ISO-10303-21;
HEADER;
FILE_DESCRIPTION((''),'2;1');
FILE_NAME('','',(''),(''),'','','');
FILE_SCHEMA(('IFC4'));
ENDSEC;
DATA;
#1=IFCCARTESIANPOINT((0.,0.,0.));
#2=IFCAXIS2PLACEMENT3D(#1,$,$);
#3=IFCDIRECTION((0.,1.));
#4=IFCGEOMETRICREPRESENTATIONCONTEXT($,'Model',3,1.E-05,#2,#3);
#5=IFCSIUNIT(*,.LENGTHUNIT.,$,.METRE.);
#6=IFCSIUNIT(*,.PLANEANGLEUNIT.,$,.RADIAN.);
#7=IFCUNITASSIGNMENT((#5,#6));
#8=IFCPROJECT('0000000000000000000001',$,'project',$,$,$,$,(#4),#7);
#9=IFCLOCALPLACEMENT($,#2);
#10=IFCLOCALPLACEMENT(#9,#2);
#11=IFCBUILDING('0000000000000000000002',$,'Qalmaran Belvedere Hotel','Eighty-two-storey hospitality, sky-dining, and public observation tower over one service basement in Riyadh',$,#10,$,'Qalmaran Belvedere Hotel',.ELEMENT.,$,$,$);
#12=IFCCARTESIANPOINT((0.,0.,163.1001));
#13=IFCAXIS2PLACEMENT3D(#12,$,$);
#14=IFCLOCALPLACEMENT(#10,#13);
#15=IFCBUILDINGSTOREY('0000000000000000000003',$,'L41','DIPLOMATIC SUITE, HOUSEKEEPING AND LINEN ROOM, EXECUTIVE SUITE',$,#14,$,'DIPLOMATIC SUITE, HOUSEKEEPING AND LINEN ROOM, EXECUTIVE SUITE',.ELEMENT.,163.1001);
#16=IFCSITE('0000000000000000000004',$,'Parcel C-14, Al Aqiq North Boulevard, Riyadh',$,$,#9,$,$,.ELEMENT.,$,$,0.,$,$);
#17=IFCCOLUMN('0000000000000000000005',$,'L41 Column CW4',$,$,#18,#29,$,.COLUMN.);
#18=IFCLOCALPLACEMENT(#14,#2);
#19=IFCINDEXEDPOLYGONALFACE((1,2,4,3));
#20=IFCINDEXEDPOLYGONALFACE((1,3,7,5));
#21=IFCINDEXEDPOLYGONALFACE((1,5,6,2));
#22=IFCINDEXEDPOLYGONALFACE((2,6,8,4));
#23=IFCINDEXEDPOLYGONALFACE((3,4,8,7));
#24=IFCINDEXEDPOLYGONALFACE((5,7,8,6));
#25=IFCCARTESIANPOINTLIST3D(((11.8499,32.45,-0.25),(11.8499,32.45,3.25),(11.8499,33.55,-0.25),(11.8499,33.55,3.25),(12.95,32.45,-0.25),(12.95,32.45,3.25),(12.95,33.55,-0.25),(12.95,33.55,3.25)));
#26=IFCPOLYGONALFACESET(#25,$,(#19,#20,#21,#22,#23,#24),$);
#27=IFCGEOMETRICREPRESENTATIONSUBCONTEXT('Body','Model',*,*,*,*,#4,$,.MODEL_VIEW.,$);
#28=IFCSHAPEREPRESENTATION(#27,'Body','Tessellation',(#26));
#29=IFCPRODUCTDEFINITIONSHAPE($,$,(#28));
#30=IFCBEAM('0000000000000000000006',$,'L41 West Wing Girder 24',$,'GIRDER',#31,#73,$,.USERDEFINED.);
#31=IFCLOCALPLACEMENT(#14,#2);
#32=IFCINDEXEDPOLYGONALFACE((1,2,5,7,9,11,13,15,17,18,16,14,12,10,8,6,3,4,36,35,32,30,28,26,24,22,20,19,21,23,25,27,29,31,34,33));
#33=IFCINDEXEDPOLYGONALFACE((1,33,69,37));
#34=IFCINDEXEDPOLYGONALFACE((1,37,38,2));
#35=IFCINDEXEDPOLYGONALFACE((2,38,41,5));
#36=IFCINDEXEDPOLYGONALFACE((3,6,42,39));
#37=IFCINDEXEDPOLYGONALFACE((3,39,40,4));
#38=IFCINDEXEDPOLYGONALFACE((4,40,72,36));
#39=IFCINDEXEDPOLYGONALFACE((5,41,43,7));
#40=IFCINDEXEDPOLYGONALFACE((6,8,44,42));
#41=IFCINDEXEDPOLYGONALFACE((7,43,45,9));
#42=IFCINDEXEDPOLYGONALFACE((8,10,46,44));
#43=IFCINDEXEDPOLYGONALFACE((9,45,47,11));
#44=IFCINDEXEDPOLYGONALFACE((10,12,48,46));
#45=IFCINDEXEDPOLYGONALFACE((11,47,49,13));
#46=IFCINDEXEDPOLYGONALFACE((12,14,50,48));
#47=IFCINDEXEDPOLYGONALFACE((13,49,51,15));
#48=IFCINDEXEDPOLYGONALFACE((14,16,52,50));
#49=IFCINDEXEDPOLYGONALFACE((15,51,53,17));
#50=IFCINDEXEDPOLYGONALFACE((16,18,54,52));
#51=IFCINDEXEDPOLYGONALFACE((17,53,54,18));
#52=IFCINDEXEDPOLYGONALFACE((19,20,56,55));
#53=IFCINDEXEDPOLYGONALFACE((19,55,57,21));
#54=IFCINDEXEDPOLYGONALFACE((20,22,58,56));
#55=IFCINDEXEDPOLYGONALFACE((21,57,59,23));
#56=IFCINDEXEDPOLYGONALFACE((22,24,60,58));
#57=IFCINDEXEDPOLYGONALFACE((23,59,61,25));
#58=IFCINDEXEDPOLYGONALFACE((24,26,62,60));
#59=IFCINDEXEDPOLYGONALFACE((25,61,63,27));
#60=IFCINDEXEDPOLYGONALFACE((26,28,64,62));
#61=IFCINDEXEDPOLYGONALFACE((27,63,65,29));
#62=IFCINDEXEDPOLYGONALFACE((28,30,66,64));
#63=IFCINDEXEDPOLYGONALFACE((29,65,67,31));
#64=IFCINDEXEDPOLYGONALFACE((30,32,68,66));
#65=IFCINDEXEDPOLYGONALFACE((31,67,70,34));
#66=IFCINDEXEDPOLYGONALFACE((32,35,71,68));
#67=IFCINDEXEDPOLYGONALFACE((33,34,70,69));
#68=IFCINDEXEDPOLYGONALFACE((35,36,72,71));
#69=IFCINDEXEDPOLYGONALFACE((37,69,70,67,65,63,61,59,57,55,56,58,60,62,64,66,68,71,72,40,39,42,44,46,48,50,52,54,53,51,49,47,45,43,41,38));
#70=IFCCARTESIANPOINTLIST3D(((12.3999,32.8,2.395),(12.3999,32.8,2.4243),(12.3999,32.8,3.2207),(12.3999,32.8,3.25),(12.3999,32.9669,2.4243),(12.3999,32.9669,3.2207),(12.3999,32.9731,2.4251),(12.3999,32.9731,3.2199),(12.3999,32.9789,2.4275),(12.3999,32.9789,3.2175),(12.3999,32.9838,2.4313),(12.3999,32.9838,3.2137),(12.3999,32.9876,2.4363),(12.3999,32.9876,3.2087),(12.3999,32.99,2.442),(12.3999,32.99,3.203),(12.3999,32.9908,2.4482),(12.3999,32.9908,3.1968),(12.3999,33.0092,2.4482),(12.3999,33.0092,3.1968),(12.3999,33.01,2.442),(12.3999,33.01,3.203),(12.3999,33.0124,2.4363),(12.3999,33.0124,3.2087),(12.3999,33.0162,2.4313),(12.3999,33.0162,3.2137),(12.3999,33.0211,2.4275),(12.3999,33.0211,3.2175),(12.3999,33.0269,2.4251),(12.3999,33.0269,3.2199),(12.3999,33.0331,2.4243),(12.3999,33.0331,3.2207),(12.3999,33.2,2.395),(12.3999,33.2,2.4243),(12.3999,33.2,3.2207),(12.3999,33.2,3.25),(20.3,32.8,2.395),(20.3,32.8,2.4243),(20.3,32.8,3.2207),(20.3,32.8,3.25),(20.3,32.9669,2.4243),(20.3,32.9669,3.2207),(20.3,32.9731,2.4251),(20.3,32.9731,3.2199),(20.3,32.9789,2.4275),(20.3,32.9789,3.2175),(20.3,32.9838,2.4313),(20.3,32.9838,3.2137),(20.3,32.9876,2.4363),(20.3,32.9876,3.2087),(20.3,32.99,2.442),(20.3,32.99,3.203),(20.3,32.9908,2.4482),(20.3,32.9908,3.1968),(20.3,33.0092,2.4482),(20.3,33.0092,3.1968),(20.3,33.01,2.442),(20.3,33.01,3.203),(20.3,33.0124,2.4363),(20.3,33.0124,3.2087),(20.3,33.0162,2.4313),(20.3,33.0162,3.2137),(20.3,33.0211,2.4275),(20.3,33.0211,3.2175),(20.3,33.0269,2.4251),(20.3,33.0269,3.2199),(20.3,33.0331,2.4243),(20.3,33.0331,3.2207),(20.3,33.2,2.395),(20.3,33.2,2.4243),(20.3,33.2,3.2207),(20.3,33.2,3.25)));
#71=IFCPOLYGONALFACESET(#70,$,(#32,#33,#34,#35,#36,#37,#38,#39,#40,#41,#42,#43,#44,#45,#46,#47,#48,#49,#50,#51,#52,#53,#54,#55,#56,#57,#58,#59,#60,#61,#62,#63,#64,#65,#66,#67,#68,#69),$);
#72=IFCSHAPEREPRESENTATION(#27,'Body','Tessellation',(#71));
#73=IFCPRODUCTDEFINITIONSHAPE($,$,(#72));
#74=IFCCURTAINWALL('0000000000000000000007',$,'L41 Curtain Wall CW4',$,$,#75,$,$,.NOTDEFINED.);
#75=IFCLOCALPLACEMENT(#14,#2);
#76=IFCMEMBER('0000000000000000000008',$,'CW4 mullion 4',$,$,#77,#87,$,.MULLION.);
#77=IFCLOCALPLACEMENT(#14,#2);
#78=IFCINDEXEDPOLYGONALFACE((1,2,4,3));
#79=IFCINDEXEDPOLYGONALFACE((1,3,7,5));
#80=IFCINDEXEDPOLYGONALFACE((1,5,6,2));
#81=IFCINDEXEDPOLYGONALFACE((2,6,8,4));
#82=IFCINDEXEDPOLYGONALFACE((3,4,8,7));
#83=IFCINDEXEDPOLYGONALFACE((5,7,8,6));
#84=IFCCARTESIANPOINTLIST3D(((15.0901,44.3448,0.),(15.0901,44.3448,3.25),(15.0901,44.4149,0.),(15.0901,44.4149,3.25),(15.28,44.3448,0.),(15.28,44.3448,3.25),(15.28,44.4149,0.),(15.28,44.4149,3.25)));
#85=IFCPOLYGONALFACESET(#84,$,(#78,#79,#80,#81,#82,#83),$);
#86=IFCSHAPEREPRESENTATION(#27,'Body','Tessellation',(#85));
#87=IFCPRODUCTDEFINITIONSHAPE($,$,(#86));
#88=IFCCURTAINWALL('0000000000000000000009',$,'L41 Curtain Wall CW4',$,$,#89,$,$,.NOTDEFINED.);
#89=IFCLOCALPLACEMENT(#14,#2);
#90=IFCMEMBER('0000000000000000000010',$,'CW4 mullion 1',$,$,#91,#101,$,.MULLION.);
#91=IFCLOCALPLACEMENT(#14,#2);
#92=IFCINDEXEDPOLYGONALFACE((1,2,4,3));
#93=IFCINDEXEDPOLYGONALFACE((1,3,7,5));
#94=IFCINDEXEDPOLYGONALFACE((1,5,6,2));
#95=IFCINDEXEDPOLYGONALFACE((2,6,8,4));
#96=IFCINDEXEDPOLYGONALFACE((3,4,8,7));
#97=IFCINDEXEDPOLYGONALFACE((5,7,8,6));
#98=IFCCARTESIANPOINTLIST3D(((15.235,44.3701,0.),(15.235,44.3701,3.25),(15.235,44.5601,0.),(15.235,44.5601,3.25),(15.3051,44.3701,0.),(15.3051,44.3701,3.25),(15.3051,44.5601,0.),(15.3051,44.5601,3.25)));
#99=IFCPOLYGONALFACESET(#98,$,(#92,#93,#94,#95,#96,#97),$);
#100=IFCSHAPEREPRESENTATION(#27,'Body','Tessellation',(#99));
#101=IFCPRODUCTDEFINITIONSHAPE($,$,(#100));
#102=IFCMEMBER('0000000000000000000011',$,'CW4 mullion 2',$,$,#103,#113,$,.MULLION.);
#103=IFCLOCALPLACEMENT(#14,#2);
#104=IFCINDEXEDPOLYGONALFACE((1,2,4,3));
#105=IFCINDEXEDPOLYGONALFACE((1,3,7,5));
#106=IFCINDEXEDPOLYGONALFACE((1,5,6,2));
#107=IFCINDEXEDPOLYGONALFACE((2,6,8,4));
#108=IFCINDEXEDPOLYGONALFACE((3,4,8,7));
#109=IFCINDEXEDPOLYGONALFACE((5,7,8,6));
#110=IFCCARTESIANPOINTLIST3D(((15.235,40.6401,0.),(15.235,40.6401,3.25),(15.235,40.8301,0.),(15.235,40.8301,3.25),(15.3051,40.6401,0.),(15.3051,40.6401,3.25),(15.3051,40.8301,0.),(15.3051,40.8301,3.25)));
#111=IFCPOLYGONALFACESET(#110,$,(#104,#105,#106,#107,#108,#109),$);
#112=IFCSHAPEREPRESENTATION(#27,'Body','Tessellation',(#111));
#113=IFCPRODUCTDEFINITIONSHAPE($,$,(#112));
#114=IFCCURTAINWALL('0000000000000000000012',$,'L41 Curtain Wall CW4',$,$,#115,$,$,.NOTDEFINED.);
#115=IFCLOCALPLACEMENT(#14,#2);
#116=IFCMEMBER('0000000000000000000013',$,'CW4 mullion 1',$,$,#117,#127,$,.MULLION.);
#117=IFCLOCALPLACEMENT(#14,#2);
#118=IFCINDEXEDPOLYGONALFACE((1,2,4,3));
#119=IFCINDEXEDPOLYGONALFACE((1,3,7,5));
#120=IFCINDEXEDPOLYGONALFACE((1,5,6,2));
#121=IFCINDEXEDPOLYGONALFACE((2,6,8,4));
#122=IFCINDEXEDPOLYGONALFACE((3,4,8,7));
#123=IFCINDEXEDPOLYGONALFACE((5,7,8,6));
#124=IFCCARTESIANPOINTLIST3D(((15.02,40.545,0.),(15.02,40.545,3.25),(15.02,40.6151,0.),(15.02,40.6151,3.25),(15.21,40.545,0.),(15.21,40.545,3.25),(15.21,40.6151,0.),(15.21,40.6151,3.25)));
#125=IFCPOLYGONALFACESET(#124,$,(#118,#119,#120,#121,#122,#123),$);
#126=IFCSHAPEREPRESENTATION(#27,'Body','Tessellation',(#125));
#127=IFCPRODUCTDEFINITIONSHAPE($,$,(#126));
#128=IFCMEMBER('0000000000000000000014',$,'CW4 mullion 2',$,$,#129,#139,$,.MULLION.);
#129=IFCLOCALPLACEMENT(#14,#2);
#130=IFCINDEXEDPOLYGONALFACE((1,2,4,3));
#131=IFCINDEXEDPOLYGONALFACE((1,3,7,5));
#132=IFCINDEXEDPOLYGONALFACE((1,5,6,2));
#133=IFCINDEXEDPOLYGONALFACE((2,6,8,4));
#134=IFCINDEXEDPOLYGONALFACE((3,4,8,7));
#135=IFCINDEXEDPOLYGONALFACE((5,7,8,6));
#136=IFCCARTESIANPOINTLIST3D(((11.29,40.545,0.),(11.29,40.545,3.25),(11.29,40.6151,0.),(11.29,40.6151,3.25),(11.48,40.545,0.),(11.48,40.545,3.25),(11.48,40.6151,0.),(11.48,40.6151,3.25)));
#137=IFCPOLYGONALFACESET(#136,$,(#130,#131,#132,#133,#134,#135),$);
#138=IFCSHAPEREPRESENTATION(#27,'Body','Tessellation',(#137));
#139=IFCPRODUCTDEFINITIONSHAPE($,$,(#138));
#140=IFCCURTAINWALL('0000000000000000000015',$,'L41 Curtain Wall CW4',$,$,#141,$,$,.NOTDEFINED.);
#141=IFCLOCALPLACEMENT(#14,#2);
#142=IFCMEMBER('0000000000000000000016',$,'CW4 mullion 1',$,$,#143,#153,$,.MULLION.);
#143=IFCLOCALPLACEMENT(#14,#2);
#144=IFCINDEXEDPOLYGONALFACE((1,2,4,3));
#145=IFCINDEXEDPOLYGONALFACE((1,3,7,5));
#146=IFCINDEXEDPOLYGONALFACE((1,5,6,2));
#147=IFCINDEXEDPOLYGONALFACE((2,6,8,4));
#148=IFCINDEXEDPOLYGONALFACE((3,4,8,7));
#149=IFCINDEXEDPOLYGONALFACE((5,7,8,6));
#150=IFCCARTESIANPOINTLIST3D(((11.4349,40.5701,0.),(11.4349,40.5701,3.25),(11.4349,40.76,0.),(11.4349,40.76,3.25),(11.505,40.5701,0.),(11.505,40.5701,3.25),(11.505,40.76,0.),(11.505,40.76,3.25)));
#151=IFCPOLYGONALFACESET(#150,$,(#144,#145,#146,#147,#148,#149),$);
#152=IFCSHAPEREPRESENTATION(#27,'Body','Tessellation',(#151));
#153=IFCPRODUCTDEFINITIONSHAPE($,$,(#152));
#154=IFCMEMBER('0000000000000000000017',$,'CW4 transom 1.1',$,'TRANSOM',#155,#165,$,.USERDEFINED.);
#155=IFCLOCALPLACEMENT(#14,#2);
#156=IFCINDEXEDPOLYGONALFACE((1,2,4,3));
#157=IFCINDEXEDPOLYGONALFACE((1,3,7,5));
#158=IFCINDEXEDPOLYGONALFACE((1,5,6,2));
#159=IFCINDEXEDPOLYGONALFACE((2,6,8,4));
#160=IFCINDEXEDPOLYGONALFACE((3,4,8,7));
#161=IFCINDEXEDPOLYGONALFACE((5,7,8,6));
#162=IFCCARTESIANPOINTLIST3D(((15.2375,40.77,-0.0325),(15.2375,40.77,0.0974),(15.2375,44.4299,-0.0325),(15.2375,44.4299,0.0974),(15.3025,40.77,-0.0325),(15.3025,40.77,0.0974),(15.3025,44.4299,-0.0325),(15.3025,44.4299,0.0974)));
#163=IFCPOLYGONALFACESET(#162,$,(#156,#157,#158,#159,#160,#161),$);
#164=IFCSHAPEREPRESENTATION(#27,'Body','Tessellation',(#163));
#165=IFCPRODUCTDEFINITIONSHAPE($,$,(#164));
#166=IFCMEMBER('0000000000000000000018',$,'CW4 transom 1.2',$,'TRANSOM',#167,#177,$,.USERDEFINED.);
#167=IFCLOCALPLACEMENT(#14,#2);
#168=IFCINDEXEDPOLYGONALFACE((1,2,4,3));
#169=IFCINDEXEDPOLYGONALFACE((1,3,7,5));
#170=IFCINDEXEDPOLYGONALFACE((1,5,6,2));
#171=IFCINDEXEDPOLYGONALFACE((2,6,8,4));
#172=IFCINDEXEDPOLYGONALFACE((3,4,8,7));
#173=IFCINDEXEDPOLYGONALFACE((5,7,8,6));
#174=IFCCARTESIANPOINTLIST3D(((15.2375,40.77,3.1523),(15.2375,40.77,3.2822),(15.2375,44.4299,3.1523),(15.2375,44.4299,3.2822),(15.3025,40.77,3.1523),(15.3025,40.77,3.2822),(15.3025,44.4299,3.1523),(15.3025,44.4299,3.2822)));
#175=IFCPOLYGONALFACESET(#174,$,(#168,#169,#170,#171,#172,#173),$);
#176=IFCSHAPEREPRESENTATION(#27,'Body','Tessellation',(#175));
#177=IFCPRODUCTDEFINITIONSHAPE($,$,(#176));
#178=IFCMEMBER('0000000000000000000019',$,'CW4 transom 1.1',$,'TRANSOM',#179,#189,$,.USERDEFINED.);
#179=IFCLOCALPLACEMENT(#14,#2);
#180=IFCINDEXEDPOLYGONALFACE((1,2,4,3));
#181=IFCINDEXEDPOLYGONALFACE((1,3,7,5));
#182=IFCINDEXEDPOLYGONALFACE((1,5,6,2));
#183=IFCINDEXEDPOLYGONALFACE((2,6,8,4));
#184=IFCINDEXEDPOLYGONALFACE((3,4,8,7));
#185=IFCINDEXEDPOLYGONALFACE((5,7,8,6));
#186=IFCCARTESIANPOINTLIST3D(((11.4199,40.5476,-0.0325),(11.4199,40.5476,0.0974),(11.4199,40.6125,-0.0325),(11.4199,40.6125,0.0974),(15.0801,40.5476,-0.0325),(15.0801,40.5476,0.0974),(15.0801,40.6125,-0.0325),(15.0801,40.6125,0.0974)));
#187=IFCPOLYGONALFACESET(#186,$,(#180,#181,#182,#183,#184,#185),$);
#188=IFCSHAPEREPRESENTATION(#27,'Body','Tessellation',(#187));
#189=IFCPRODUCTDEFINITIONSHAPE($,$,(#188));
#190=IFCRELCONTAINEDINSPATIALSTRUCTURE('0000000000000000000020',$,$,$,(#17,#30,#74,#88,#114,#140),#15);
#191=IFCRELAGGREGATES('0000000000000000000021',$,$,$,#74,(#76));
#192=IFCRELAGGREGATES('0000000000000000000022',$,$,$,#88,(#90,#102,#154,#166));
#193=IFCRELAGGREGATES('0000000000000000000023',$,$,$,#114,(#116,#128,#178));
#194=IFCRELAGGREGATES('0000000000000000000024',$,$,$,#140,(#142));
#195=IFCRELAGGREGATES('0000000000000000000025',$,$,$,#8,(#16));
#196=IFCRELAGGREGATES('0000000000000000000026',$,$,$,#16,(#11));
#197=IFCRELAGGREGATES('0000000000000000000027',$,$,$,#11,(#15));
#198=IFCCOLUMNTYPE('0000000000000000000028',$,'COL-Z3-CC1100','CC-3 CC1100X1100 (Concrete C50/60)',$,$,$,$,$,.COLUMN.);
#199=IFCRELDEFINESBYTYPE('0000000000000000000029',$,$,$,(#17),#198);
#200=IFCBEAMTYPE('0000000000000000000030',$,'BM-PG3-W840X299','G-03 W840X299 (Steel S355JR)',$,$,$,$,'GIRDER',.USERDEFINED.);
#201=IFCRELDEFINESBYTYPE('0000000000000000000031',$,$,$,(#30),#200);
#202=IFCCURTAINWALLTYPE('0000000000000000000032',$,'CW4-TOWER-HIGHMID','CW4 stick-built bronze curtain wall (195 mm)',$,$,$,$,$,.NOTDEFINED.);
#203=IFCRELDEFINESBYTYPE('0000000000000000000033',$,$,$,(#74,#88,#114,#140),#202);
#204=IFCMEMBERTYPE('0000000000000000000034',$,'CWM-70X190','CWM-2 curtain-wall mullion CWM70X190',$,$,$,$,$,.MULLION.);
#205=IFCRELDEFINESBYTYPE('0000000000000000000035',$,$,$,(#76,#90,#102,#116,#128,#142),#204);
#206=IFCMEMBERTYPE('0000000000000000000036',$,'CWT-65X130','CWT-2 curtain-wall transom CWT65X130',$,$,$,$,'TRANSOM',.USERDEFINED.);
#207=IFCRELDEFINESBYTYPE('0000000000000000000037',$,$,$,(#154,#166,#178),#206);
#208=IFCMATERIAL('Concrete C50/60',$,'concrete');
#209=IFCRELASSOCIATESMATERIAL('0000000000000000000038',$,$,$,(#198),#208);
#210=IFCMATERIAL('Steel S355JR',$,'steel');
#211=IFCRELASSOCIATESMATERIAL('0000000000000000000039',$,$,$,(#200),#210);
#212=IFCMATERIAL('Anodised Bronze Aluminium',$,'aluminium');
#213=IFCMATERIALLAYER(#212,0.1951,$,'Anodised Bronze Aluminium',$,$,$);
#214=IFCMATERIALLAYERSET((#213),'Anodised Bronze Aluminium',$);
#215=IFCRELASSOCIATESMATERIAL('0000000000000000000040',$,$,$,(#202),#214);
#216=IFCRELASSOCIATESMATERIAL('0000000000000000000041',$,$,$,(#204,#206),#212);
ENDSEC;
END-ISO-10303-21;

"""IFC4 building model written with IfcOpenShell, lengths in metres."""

from ifc_helpers import new_model, si_unit, direction, frame, origin, origin_2d, place, context, subcontext, project, spatial, rectangle, i_section, extrude, material, layer, layer_set, material_profile, profile_set, type_object, element, aggregate, save


model = new_model("IFC4")

# Units and contexts
model_context = context("Model", 3, precision=1e-05, world=origin(), true_north=direction((0.0, 1.0)))
body_context = subcontext(model_context, "Body", "Model", "MODEL_VIEW")
ifc_project = project(units=[si_unit("LENGTHUNIT", "METRE"), si_unit("PLANEANGLEUNIT", "RADIAN")], contexts=[model_context])

# Site, building, storey
site_placement = place(None, origin())
site = spatial("IfcSite", under=ifc_project, at=site_placement, Name="Parcel C-14, Al Aqiq North Boulevard, Riyadh", CompositionType="ELEMENT", RefElevation=0.0)
building_placement = place(site_placement, origin())
building = spatial("IfcBuilding", under=site, at=building_placement, Name="Qalmaran Belvedere Hotel", Description="Eighty-two-storey hospitality, sky-dining, and public observation tower over one service basement in Riyadh", LongName="Qalmaran Belvedere Hotel", CompositionType="ELEMENT")
storey_placement = place(building_placement, frame((0.0, 0.0, 163.1001)))
storey = spatial("IfcBuildingStorey", under=building, at=storey_placement, Name="L41", Description="DIPLOMATIC SUITE, HOUSEKEEPING AND LINEN ROOM, EXECUTIVE SUITE", LongName="DIPLOMATIC SUITE, HOUSEKEEPING AND LINEN ROOM, EXECUTIVE SUITE", CompositionType="ELEMENT", Elevation=163.1001)

# Column
ifc_material_1 = material(Name="Concrete C50/60", Category="concrete")
ifc_material_profile_1 = material_profile(ifc_material_1, rectangle(XDim=1.1001, YDim=1.1001, at=origin_2d()), Name="CC1100X1100")
ifc_profile_set_1 = profile_set([ifc_material_profile_1], Name="Concrete C50/60")
column_type = type_object("IfcColumnType", Name="COL-Z3-CC1100", Description="CC-3 CC1100X1100 (Concrete C50/60)", PredefinedType="COLUMN", material=ifc_profile_set_1)
column_placement = place(storey_placement, frame((12.3999, 33.0, -0.25), z_axis=(0.0, 0.0, 1.0), x_axis=(1.0, 0.0, 0.0)))
element("IfcColumn", 1, at=column_placement, inside=storey, type_object=column_type, Name="L41 Column CW4", PredefinedType="COLUMN", context=body_context, shape_type="SweptSolid", body=[
    extrude(rectangle(XDim=1.1001, YDim=1.1001, at=origin_2d()), origin(), (0.0, 0.0, 1.0), 3.5),
])

# Beam
ifc_material_2 = material(Name="Steel S355JR", Category="steel")
ifc_material_profile_2 = material_profile(ifc_material_2, i_section(OverallWidth=0.3999, OverallDepth=0.855, WebThickness=0.0183, FlangeThickness=0.0293, FilletRadius=0.0239, at=origin_2d()), Name="W840X299")
ifc_profile_set_2 = profile_set([ifc_material_profile_2], Name="Steel S355JR")
beam_type = type_object("IfcBeamType", Name="BM-PG3-W840X299", Description="G-03 W840X299 (Steel S355JR)", ElementType="GIRDER", PredefinedType="USERDEFINED", material=ifc_profile_set_2)
beam_placement = place(storey_placement, frame((12.3999, 33.0, 2.8225), z_axis=(1.0, 0.0, 0.0), x_axis=(0.0, 1.0, 0.0)))
element("IfcBeam", 2, at=beam_placement, inside=storey, type_object=beam_type, Name="L41 West Wing Girder 24", ObjectType="GIRDER", PredefinedType="USERDEFINED", context=body_context, shape_type="SweptSolid", body=[
    extrude(i_section(OverallWidth=0.3999, OverallDepth=0.855, WebThickness=0.0183, FlangeThickness=0.0293, FilletRadius=0.0239, at=origin_2d()), origin(), (0.0, 0.0, 1.0), 7.9001),
])

# Curtain wall, member
ifc_material_3 = material(Name="Anodised Bronze Aluminium", Category="aluminium")
ifc_layer_1 = layer(ifc_material_3, 0.1951, Name="Anodised Bronze Aluminium")
ifc_layer_set_1 = layer_set([ifc_layer_1], Name="Anodised Bronze Aluminium")
curtain_wall_type = type_object("IfcCurtainWallType", Name="CW4-TOWER-HIGHMID", Description="CW4 stick-built bronze curtain wall (195 mm)", PredefinedType="NOTDEFINED", material=ifc_layer_set_1)
curtain_wall_1_placement = place(storey_placement, origin())
curtain_wall_1 = element("IfcCurtainWall", 3, at=curtain_wall_1_placement, inside=storey, type_object=curtain_wall_type, Name="L41 Curtain Wall CW4", PredefinedType="NOTDEFINED")
ifc_material_profile_3 = material_profile(ifc_material_3, rectangle(XDim=0.0701, YDim=0.1899, at=origin_2d()), Name="CWM70X190")
ifc_profile_set_3 = profile_set([ifc_material_profile_3], Name="Anodised Bronze Aluminium")
member_type_1 = type_object("IfcMemberType", Name="CWM-70X190", Description="CWM-2 curtain-wall mullion CWM70X190", PredefinedType="MULLION", material=ifc_profile_set_3)
member_1_placement = place(storey_placement, frame((15.1851, 44.3799, 0.0), z_axis=(0.0, 0.0, 1.0), x_axis=(0.0, -1.0, 0.0)))
member_1 = element("IfcMember", 4, at=member_1_placement, type_object=member_type_1, Name="CW4 mullion 4", PredefinedType="MULLION", context=body_context, shape_type="SweptSolid", body=[
    extrude(rectangle(XDim=0.0701, YDim=0.1899, at=origin_2d()), origin(), (0.0, 0.0, 1.0), 3.25),
])
aggregate(curtain_wall_1, [member_1])

# Curtain walls, members
curtain_wall_2_placement = place(storey_placement, origin())
curtain_wall_2 = element("IfcCurtainWall", 5, at=curtain_wall_2_placement, inside=storey, type_object=curtain_wall_type, Name="L41 Curtain Wall CW4", PredefinedType="NOTDEFINED")
member_2_placement = place(storey_placement, frame((15.27, 44.4651, 0.0), z_axis=(0.0, 0.0, 1.0), x_axis=(1.0, 0.0, 0.0)))
member_2 = element("IfcMember", 6, at=member_2_placement, type_object=member_type_1, Name="CW4 mullion 1", PredefinedType="MULLION", context=body_context, shape_type="SweptSolid", body=[
    extrude(rectangle(XDim=0.0701, YDim=0.1899, at=origin_2d()), origin(), (0.0, 0.0, 1.0), 3.25),
])
member_3_placement = place(storey_placement, frame((15.27, 40.7351, 0.0), z_axis=(0.0, 0.0, 1.0), x_axis=(1.0, 0.0, 0.0)))
member_3 = element("IfcMember", 7, at=member_3_placement, type_object=member_type_1, Name="CW4 mullion 2", PredefinedType="MULLION", context=body_context, shape_type="SweptSolid", body=[
    extrude(rectangle(XDim=0.0701, YDim=0.1899, at=origin_2d()), origin(), (0.0, 0.0, 1.0), 3.25),
])
curtain_wall_3_placement = place(storey_placement, origin())
curtain_wall_3 = element("IfcCurtainWall", 8, at=curtain_wall_3_placement, inside=storey, type_object=curtain_wall_type, Name="L41 Curtain Wall CW4", PredefinedType="NOTDEFINED")
member_4_placement = place(storey_placement, frame((15.115, 40.5801, 0.0), z_axis=(0.0, 0.0, 1.0), x_axis=(0.0, -1.0, 0.0)))
member_4 = element("IfcMember", 9, at=member_4_placement, type_object=member_type_1, Name="CW4 mullion 1", PredefinedType="MULLION", context=body_context, shape_type="SweptSolid", body=[
    extrude(rectangle(XDim=0.0701, YDim=0.1899, at=origin_2d()), origin(), (0.0, 0.0, 1.0), 3.25),
])
member_5_placement = place(storey_placement, frame((11.385, 40.5801, 0.0), z_axis=(0.0, 0.0, 1.0), x_axis=(0.0, -1.0, 0.0)))
member_5 = element("IfcMember", 10, at=member_5_placement, type_object=member_type_1, Name="CW4 mullion 2", PredefinedType="MULLION", context=body_context, shape_type="SweptSolid", body=[
    extrude(rectangle(XDim=0.0701, YDim=0.1899, at=origin_2d()), origin(), (0.0, 0.0, 1.0), 3.25),
])

# Curtain wall, member
curtain_wall_4_placement = place(storey_placement, origin())
curtain_wall_4 = element("IfcCurtainWall", 11, at=curtain_wall_4_placement, inside=storey, type_object=curtain_wall_type, Name="L41 Curtain Wall CW4", PredefinedType="NOTDEFINED")
member_6_placement = place(storey_placement, frame((11.47, 40.665, 0.0), z_axis=(0.0, 0.0, 1.0), x_axis=(1.0, 0.0, 0.0)))
member_6 = element("IfcMember", 12, at=member_6_placement, type_object=member_type_1, Name="CW4 mullion 1", PredefinedType="MULLION", context=body_context, shape_type="SweptSolid", body=[
    extrude(rectangle(XDim=0.0701, YDim=0.1899, at=origin_2d()), origin(), (0.0, 0.0, 1.0), 3.25),
])

# Members
ifc_material_profile_4 = material_profile(ifc_material_3, rectangle(XDim=0.0649, YDim=0.1299, at=origin_2d()), Name="CWT65X130")
ifc_profile_set_4 = profile_set([ifc_material_profile_4], Name="Anodised Bronze Aluminium")
member_type_2 = type_object("IfcMemberType", Name="CWT-65X130", Description="CWT-2 curtain-wall transom CWT65X130", ElementType="TRANSOM", PredefinedType="USERDEFINED", material=ifc_profile_set_4)
member_7_placement = place(storey_placement, frame((15.27, 44.4299, 0.0325), z_axis=(0.0, -1.0, 0.0), x_axis=(1.0, 0.0, 0.0)))
member_7 = element("IfcMember", 13, at=member_7_placement, type_object=member_type_2, Name="CW4 transom 1.1", ObjectType="TRANSOM", PredefinedType="USERDEFINED", context=body_context, shape_type="SweptSolid", body=[
    extrude(rectangle(XDim=0.0649, YDim=0.1299, at=origin_2d()), origin(), (0.0, 0.0, 1.0), 3.6599),
])
member_8_placement = place(storey_placement, frame((15.27, 44.4299, 3.2173), z_axis=(0.0, -1.0, 0.0), x_axis=(1.0, 0.0, 0.0)))
member_8 = element("IfcMember", 14, at=member_8_placement, type_object=member_type_2, Name="CW4 transom 1.2", ObjectType="TRANSOM", PredefinedType="USERDEFINED", context=body_context, shape_type="SweptSolid", body=[
    extrude(rectangle(XDim=0.0649, YDim=0.1299, at=origin_2d()), origin(), (0.0, 0.0, 1.0), 3.6599),
])
member_9_placement = place(storey_placement, frame((15.0801, 40.5801, 0.0325), z_axis=(-1.0, 0.0, 0.0), x_axis=(0.0, -1.0, 0.0)))
member_9 = element("IfcMember", 15, at=member_9_placement, type_object=member_type_2, Name="CW4 transom 1.1", ObjectType="TRANSOM", PredefinedType="USERDEFINED", context=body_context, shape_type="SweptSolid", body=[
    extrude(rectangle(XDim=0.0649, YDim=0.1299, at=origin_2d()), origin(), (0.0, 0.0, 1.0), 3.6602),
])

aggregate(curtain_wall_2, [member_2, member_3, member_7, member_8])
aggregate(curtain_wall_3, [member_4, member_5, member_9])
aggregate(curtain_wall_4, [member_6])

save(model, "model.ifc")
